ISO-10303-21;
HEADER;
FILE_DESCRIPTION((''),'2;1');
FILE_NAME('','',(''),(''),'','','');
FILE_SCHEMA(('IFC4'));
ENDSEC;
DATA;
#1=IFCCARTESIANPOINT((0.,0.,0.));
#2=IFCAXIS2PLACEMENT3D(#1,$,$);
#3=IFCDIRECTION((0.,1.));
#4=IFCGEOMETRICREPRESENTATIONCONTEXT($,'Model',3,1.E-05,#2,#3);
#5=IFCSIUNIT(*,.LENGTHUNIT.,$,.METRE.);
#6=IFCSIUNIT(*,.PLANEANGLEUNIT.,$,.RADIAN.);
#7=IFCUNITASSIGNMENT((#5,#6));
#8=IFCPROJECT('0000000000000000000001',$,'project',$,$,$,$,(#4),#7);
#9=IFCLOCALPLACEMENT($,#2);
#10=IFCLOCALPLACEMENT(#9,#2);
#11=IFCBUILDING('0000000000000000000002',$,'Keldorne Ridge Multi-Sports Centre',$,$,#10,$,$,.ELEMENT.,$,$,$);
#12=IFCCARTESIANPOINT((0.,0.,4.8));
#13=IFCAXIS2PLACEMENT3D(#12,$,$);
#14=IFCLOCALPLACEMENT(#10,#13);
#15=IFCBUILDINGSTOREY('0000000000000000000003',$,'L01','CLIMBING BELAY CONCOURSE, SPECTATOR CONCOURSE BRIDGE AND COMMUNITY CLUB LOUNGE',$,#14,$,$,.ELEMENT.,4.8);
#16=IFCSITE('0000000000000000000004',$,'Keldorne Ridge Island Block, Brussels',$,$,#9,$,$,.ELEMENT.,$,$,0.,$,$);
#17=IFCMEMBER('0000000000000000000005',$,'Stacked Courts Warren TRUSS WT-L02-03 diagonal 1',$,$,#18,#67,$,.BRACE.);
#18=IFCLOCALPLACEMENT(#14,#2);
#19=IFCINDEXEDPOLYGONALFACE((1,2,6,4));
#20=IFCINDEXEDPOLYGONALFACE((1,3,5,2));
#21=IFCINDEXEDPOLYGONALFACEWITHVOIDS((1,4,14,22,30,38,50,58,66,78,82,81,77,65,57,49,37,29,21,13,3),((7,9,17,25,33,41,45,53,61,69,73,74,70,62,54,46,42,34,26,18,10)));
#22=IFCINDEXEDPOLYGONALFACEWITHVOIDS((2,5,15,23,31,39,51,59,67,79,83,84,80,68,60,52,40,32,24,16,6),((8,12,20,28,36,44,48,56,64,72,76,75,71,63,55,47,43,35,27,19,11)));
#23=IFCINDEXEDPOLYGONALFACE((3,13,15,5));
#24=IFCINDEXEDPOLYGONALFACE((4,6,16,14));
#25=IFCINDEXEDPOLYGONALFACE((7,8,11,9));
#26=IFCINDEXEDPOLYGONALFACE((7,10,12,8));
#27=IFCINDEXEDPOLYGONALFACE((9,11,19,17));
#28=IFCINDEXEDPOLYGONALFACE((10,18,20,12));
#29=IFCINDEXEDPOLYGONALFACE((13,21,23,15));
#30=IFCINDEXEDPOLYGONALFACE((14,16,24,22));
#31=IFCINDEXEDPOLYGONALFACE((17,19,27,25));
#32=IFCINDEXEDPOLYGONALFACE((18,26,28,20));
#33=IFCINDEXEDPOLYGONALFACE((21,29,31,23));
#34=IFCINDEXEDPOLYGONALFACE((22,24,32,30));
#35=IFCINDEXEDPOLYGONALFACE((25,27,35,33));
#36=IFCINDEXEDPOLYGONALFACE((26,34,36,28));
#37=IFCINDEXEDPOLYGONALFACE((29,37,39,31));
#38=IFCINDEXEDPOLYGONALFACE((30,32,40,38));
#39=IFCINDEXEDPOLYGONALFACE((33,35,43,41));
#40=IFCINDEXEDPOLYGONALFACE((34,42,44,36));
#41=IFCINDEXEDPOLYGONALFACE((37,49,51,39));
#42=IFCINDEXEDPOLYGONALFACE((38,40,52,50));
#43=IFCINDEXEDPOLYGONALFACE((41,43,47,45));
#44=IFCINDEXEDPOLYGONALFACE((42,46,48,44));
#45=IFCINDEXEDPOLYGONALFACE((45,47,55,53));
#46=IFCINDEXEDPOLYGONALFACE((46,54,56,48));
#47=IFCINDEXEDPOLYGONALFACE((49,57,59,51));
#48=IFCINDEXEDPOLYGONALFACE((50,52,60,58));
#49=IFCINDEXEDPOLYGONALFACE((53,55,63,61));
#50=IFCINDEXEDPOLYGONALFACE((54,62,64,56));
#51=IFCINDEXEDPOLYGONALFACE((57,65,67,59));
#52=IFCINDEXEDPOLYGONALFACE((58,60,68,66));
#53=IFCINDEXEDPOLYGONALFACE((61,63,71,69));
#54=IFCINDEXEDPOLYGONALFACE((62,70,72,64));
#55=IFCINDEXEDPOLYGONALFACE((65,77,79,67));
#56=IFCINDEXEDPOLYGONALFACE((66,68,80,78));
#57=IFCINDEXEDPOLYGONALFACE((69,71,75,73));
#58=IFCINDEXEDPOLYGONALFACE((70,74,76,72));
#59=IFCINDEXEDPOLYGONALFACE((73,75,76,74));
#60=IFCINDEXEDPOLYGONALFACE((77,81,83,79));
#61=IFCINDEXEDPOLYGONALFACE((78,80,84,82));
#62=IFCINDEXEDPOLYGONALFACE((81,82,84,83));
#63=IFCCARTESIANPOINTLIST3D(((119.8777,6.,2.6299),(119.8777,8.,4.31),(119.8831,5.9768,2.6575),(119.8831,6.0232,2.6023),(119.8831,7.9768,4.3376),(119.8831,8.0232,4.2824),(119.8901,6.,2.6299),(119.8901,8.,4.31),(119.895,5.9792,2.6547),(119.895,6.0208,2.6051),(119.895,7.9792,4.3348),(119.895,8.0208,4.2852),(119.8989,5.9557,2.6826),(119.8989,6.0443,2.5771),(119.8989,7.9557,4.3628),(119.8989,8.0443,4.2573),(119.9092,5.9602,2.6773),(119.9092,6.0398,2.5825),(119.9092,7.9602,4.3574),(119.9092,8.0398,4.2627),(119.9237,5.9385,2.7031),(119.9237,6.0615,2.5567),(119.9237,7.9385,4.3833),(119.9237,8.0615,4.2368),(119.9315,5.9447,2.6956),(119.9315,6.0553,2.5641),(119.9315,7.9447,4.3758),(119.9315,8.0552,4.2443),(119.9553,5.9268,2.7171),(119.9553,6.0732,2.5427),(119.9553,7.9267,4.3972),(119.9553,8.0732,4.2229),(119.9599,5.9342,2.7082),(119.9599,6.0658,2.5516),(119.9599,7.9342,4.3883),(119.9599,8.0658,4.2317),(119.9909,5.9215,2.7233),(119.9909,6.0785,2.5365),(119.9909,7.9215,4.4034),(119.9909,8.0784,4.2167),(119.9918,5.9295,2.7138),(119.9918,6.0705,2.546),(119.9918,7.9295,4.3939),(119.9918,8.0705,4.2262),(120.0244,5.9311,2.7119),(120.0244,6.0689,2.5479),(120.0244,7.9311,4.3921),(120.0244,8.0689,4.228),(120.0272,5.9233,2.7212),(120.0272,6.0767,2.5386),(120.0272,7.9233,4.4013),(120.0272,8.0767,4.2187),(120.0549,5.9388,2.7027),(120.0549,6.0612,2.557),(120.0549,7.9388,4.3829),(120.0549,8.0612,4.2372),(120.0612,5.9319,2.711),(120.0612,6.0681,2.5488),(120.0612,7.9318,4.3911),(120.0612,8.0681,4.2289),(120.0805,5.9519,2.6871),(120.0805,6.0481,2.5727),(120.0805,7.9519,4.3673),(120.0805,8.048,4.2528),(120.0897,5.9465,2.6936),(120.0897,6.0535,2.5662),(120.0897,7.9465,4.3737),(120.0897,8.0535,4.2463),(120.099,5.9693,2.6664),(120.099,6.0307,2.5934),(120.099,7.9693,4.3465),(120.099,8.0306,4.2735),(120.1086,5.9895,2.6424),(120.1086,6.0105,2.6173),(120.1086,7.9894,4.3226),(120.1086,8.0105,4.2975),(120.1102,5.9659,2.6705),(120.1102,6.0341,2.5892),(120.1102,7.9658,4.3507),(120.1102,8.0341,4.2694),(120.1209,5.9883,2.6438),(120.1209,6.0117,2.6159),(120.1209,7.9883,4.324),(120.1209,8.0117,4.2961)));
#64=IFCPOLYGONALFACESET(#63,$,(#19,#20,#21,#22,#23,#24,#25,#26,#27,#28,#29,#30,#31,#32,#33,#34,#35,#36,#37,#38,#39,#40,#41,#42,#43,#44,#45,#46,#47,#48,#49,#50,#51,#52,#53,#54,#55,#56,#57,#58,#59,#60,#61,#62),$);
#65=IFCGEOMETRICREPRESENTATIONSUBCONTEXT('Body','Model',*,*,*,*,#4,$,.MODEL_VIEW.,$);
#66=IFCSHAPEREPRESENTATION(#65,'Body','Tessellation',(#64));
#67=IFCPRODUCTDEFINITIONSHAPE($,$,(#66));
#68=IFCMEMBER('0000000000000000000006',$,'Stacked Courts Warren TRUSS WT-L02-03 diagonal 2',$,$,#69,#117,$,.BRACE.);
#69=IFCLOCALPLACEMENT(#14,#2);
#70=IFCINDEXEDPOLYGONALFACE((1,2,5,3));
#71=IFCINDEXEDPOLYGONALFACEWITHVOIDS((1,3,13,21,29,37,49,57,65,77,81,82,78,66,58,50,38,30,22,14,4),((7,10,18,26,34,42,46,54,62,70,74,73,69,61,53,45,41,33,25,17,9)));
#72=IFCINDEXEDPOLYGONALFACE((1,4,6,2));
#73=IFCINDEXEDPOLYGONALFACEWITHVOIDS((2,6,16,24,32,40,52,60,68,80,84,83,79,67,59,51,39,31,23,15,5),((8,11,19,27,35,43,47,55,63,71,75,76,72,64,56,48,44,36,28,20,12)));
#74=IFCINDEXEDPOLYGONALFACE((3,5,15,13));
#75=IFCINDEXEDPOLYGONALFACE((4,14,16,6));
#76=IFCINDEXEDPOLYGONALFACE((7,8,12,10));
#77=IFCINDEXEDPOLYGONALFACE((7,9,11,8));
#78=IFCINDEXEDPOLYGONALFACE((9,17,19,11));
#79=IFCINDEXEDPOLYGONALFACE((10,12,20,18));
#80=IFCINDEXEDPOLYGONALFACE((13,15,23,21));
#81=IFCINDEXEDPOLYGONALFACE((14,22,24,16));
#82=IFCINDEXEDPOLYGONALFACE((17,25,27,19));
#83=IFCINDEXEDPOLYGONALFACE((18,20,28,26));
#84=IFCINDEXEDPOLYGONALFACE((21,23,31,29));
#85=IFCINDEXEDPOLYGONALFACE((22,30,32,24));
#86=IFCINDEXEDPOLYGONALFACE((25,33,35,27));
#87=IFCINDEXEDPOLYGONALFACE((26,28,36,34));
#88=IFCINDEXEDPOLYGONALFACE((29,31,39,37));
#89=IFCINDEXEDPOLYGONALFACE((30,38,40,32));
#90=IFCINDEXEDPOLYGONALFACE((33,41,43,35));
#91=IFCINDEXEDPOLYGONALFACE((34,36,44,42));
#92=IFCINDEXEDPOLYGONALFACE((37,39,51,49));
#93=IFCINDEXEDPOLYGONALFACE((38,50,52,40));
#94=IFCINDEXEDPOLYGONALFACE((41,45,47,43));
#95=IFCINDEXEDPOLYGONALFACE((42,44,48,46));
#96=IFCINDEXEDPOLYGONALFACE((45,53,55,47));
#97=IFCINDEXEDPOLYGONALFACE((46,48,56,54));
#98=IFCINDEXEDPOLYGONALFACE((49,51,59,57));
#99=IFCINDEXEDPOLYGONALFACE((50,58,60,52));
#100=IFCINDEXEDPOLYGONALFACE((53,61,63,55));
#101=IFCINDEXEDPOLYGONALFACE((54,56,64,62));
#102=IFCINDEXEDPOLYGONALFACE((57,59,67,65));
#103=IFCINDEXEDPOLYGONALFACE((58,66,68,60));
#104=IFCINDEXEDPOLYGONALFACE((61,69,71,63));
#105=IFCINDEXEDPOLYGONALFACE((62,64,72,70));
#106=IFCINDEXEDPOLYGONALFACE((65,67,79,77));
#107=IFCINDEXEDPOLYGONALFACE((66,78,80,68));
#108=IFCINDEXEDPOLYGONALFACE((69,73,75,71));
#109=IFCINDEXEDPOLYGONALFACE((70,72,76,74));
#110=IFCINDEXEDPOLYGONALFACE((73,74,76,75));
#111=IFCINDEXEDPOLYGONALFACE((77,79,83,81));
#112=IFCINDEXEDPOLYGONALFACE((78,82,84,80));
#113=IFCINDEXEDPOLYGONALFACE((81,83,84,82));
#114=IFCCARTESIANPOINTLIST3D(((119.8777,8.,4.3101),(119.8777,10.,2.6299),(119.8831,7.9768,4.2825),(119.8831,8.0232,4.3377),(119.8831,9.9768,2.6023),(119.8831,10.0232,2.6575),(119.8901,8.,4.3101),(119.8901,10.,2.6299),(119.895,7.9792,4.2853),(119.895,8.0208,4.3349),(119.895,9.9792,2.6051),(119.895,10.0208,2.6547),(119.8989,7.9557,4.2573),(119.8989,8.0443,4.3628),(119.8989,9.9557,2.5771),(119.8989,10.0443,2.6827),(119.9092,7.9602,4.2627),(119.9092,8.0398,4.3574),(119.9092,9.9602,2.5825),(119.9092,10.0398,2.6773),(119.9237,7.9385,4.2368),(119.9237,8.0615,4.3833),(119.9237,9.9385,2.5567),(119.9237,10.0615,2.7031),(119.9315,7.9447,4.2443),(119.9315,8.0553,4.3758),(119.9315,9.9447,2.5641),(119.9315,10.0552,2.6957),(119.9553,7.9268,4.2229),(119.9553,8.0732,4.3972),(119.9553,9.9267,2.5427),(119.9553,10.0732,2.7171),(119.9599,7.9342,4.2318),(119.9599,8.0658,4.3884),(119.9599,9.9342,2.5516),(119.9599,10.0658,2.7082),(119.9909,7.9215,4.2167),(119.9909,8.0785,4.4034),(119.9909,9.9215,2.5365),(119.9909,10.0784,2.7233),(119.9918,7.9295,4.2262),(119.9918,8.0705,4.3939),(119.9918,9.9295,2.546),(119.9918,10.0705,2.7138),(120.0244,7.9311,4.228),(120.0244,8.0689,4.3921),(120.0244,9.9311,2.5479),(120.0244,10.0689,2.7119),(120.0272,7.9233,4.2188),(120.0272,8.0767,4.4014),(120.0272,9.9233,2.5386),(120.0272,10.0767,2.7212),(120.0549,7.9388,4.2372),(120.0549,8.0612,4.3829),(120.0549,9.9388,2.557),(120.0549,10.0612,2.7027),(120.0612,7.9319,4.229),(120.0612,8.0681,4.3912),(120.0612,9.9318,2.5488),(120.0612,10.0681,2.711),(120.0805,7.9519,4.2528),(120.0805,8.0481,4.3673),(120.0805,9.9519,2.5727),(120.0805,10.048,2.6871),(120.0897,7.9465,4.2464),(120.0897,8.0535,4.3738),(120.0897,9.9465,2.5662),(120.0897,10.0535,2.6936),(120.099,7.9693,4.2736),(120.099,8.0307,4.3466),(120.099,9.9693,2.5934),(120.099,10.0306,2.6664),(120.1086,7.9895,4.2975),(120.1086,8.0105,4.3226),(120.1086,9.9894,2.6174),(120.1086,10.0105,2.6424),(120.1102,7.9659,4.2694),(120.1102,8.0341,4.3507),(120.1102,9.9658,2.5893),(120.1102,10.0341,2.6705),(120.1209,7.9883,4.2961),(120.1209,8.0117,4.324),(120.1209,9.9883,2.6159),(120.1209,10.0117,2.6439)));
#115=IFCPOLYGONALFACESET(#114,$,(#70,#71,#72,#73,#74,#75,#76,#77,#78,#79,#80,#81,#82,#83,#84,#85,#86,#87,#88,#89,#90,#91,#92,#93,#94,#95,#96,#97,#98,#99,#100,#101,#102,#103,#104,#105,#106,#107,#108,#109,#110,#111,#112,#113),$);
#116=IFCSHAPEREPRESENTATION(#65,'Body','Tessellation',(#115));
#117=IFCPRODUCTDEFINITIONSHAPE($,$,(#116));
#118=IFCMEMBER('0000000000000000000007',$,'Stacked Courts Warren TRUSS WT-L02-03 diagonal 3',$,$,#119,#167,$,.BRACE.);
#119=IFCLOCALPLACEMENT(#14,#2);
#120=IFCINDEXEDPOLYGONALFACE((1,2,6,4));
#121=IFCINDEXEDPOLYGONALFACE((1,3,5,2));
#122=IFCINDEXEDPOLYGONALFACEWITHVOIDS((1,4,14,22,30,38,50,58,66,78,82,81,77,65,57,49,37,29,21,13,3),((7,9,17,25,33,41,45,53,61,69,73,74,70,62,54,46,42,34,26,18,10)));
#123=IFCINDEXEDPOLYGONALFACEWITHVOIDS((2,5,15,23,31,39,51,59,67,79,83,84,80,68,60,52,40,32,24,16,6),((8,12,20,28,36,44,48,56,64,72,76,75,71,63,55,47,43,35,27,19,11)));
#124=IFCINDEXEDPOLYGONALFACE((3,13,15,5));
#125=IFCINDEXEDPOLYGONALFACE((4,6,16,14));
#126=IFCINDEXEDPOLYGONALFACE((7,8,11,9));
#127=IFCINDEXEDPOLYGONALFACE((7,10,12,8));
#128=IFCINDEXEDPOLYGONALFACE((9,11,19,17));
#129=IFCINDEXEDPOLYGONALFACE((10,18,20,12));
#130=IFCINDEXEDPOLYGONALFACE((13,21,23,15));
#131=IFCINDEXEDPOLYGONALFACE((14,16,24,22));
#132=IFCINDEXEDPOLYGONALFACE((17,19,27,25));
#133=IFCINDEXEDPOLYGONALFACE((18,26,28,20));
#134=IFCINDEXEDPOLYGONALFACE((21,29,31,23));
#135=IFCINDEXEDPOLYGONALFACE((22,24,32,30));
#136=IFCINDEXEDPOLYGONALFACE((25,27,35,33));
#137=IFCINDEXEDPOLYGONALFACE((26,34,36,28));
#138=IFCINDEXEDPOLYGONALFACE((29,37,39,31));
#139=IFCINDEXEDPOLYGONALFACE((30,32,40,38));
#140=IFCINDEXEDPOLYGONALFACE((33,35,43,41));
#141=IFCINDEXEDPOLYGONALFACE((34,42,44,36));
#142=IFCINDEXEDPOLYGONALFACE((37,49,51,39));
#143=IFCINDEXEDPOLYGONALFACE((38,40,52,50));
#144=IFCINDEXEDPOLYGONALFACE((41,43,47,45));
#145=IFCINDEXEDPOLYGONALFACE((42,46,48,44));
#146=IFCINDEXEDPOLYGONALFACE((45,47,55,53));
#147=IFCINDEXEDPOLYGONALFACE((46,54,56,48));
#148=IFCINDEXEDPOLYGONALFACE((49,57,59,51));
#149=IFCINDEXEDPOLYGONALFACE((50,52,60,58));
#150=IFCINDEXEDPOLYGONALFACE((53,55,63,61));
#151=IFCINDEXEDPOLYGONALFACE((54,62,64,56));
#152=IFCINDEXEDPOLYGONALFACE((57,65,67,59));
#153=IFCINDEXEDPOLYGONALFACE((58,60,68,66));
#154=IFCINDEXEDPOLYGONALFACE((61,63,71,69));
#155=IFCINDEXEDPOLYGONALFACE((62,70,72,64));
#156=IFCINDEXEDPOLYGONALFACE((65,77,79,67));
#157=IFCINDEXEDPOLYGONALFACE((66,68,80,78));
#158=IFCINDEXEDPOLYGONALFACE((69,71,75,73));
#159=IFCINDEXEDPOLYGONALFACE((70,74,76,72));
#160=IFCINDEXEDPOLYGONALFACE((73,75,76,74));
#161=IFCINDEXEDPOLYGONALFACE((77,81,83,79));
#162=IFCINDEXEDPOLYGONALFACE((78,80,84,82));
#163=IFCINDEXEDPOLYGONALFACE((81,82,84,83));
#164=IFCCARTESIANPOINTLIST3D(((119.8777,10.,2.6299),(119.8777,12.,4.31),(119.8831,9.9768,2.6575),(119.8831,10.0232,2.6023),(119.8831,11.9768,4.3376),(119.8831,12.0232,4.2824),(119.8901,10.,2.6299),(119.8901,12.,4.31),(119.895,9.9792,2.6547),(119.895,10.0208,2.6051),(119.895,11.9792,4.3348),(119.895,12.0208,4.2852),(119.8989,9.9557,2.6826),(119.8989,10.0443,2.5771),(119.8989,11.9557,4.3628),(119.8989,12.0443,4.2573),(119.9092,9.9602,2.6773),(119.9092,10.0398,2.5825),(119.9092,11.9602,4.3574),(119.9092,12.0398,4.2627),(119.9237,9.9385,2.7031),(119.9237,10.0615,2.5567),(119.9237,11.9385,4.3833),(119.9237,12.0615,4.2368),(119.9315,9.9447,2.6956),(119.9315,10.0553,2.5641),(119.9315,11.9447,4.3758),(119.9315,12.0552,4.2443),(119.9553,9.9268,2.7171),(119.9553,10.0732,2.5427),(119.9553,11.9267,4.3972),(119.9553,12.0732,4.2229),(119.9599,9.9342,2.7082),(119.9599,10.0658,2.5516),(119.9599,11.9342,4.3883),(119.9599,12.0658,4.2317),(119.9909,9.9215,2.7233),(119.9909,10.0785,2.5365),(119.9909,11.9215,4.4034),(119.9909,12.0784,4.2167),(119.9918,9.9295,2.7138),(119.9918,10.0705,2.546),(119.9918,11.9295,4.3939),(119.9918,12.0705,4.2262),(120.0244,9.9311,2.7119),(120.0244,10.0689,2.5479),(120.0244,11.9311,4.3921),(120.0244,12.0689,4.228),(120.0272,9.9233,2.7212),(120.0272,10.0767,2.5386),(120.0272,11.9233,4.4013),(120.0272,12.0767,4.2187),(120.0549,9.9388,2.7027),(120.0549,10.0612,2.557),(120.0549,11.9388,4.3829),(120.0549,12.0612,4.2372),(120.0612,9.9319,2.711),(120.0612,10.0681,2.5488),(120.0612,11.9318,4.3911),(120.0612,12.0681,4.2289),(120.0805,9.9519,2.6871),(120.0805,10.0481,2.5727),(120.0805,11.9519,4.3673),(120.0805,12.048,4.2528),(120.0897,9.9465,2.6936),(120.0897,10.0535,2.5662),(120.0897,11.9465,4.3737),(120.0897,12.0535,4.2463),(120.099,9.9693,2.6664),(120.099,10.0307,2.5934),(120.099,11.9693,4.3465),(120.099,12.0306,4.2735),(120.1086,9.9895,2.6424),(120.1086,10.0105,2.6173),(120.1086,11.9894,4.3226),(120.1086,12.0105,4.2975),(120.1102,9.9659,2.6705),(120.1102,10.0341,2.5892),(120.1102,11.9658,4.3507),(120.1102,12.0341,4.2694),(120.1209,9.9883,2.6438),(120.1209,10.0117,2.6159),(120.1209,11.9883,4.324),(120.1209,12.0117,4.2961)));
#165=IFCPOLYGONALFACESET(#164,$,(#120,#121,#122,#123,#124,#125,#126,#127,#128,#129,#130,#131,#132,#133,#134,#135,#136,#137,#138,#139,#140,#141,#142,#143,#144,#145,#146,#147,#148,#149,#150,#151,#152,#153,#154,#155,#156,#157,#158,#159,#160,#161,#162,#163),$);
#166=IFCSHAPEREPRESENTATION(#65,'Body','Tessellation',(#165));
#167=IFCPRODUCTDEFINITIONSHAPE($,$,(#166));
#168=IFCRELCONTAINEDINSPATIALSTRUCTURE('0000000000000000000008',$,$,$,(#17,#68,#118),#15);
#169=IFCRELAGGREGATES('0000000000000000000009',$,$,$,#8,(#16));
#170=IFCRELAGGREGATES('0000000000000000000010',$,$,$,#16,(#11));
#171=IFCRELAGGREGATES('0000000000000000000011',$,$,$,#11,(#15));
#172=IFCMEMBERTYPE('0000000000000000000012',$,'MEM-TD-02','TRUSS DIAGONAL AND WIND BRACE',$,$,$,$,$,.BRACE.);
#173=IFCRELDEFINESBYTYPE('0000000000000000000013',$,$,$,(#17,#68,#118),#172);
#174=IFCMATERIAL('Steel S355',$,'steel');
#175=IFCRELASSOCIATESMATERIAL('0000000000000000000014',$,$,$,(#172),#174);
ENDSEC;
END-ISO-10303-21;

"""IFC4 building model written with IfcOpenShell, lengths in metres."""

from ifc_helpers import new_model, si_unit, direction, frame, origin, origin_2d, place, context, subcontext, project, spatial, hollow_circle, extrude, material, material_profile, profile_set, type_object, element, save


model = new_model("IFC4")

# Units and contexts
model_context = context("Model", 3, precision=1e-05, world=origin(), true_north=direction((0.0, 1.0)))
body_context = subcontext(model_context, "Body", "Model", "MODEL_VIEW")
ifc_project = project(units=[si_unit("LENGTHUNIT", "METRE"), si_unit("PLANEANGLEUNIT", "RADIAN")], contexts=[model_context])

# Site, building, storey
site_placement = place(None, origin())
site = spatial("IfcSite", under=ifc_project, at=site_placement, Name="Keldorne Ridge Island Block, Brussels", CompositionType="ELEMENT", RefElevation=0.0)
building_placement = place(site_placement, origin())
building = spatial("IfcBuilding", under=site, at=building_placement, Name="Keldorne Ridge Multi-Sports Centre", CompositionType="ELEMENT")
storey_placement = place(building_placement, frame((0.0, 0.0, 4.8)))
storey = spatial("IfcBuildingStorey", under=building, at=storey_placement, Name="L01", Description="CLIMBING BELAY CONCOURSE, SPECTATOR CONCOURSE BRIDGE AND COMMUNITY CLUB LOUNGE", CompositionType="ELEMENT", Elevation=4.8)

# Shared definitions
ifc_material_1 = material(Name="Steel S355", Category="steel")

# Members
ifc_material_profile_1 = material_profile(ifc_material_1, hollow_circle(Radius=0.1223, WallThickness=0.0125, at=origin_2d()), Name="CHS 244.5x12.5")
ifc_profile_set_1 = profile_set([ifc_material_profile_1], Name="Steel S355")
member_type_1 = type_object("IfcMemberType", Name="MEM-TD-02", Description="TRUSS DIAGONAL AND WIND BRACE", PredefinedType="BRACE", material=ifc_profile_set_1)
for number, where, z_axis, x_axis, name in (
    (1, (120.0, 6.0, 2.6299), (0.0, 0.765672, 0.643232), (-1.0, 0.0, 0.0), "Stacked Courts Warren TRUSS WT-L02-03 diagonal 1"),
    (2, (120.0, 8.0, 4.3101), (0.0, 0.765672, -0.643232), (-1.0, 0.0, 0.0), "Stacked Courts Warren TRUSS WT-L02-03 diagonal 2"),
    (3, (120.0, 10.0, 2.6299), (0.0, 0.765672, 0.643232), (-1.0, 0.0, 0.0), "Stacked Courts Warren TRUSS WT-L02-03 diagonal 3"),
):
    element("IfcMember", number, at=place(storey_placement, frame(where, z_axis=z_axis, x_axis=x_axis)), inside=storey, type_object=member_type_1, Name=name, PredefinedType="BRACE", context=body_context, shape_type="SweptSolid", body=[
        extrude(hollow_circle(Radius=0.1223, WallThickness=0.0125, at=origin_2d()), origin(), (0.0, 0.0, 1.0), 2.6121),
    ])

save(model, "model.ifc")
